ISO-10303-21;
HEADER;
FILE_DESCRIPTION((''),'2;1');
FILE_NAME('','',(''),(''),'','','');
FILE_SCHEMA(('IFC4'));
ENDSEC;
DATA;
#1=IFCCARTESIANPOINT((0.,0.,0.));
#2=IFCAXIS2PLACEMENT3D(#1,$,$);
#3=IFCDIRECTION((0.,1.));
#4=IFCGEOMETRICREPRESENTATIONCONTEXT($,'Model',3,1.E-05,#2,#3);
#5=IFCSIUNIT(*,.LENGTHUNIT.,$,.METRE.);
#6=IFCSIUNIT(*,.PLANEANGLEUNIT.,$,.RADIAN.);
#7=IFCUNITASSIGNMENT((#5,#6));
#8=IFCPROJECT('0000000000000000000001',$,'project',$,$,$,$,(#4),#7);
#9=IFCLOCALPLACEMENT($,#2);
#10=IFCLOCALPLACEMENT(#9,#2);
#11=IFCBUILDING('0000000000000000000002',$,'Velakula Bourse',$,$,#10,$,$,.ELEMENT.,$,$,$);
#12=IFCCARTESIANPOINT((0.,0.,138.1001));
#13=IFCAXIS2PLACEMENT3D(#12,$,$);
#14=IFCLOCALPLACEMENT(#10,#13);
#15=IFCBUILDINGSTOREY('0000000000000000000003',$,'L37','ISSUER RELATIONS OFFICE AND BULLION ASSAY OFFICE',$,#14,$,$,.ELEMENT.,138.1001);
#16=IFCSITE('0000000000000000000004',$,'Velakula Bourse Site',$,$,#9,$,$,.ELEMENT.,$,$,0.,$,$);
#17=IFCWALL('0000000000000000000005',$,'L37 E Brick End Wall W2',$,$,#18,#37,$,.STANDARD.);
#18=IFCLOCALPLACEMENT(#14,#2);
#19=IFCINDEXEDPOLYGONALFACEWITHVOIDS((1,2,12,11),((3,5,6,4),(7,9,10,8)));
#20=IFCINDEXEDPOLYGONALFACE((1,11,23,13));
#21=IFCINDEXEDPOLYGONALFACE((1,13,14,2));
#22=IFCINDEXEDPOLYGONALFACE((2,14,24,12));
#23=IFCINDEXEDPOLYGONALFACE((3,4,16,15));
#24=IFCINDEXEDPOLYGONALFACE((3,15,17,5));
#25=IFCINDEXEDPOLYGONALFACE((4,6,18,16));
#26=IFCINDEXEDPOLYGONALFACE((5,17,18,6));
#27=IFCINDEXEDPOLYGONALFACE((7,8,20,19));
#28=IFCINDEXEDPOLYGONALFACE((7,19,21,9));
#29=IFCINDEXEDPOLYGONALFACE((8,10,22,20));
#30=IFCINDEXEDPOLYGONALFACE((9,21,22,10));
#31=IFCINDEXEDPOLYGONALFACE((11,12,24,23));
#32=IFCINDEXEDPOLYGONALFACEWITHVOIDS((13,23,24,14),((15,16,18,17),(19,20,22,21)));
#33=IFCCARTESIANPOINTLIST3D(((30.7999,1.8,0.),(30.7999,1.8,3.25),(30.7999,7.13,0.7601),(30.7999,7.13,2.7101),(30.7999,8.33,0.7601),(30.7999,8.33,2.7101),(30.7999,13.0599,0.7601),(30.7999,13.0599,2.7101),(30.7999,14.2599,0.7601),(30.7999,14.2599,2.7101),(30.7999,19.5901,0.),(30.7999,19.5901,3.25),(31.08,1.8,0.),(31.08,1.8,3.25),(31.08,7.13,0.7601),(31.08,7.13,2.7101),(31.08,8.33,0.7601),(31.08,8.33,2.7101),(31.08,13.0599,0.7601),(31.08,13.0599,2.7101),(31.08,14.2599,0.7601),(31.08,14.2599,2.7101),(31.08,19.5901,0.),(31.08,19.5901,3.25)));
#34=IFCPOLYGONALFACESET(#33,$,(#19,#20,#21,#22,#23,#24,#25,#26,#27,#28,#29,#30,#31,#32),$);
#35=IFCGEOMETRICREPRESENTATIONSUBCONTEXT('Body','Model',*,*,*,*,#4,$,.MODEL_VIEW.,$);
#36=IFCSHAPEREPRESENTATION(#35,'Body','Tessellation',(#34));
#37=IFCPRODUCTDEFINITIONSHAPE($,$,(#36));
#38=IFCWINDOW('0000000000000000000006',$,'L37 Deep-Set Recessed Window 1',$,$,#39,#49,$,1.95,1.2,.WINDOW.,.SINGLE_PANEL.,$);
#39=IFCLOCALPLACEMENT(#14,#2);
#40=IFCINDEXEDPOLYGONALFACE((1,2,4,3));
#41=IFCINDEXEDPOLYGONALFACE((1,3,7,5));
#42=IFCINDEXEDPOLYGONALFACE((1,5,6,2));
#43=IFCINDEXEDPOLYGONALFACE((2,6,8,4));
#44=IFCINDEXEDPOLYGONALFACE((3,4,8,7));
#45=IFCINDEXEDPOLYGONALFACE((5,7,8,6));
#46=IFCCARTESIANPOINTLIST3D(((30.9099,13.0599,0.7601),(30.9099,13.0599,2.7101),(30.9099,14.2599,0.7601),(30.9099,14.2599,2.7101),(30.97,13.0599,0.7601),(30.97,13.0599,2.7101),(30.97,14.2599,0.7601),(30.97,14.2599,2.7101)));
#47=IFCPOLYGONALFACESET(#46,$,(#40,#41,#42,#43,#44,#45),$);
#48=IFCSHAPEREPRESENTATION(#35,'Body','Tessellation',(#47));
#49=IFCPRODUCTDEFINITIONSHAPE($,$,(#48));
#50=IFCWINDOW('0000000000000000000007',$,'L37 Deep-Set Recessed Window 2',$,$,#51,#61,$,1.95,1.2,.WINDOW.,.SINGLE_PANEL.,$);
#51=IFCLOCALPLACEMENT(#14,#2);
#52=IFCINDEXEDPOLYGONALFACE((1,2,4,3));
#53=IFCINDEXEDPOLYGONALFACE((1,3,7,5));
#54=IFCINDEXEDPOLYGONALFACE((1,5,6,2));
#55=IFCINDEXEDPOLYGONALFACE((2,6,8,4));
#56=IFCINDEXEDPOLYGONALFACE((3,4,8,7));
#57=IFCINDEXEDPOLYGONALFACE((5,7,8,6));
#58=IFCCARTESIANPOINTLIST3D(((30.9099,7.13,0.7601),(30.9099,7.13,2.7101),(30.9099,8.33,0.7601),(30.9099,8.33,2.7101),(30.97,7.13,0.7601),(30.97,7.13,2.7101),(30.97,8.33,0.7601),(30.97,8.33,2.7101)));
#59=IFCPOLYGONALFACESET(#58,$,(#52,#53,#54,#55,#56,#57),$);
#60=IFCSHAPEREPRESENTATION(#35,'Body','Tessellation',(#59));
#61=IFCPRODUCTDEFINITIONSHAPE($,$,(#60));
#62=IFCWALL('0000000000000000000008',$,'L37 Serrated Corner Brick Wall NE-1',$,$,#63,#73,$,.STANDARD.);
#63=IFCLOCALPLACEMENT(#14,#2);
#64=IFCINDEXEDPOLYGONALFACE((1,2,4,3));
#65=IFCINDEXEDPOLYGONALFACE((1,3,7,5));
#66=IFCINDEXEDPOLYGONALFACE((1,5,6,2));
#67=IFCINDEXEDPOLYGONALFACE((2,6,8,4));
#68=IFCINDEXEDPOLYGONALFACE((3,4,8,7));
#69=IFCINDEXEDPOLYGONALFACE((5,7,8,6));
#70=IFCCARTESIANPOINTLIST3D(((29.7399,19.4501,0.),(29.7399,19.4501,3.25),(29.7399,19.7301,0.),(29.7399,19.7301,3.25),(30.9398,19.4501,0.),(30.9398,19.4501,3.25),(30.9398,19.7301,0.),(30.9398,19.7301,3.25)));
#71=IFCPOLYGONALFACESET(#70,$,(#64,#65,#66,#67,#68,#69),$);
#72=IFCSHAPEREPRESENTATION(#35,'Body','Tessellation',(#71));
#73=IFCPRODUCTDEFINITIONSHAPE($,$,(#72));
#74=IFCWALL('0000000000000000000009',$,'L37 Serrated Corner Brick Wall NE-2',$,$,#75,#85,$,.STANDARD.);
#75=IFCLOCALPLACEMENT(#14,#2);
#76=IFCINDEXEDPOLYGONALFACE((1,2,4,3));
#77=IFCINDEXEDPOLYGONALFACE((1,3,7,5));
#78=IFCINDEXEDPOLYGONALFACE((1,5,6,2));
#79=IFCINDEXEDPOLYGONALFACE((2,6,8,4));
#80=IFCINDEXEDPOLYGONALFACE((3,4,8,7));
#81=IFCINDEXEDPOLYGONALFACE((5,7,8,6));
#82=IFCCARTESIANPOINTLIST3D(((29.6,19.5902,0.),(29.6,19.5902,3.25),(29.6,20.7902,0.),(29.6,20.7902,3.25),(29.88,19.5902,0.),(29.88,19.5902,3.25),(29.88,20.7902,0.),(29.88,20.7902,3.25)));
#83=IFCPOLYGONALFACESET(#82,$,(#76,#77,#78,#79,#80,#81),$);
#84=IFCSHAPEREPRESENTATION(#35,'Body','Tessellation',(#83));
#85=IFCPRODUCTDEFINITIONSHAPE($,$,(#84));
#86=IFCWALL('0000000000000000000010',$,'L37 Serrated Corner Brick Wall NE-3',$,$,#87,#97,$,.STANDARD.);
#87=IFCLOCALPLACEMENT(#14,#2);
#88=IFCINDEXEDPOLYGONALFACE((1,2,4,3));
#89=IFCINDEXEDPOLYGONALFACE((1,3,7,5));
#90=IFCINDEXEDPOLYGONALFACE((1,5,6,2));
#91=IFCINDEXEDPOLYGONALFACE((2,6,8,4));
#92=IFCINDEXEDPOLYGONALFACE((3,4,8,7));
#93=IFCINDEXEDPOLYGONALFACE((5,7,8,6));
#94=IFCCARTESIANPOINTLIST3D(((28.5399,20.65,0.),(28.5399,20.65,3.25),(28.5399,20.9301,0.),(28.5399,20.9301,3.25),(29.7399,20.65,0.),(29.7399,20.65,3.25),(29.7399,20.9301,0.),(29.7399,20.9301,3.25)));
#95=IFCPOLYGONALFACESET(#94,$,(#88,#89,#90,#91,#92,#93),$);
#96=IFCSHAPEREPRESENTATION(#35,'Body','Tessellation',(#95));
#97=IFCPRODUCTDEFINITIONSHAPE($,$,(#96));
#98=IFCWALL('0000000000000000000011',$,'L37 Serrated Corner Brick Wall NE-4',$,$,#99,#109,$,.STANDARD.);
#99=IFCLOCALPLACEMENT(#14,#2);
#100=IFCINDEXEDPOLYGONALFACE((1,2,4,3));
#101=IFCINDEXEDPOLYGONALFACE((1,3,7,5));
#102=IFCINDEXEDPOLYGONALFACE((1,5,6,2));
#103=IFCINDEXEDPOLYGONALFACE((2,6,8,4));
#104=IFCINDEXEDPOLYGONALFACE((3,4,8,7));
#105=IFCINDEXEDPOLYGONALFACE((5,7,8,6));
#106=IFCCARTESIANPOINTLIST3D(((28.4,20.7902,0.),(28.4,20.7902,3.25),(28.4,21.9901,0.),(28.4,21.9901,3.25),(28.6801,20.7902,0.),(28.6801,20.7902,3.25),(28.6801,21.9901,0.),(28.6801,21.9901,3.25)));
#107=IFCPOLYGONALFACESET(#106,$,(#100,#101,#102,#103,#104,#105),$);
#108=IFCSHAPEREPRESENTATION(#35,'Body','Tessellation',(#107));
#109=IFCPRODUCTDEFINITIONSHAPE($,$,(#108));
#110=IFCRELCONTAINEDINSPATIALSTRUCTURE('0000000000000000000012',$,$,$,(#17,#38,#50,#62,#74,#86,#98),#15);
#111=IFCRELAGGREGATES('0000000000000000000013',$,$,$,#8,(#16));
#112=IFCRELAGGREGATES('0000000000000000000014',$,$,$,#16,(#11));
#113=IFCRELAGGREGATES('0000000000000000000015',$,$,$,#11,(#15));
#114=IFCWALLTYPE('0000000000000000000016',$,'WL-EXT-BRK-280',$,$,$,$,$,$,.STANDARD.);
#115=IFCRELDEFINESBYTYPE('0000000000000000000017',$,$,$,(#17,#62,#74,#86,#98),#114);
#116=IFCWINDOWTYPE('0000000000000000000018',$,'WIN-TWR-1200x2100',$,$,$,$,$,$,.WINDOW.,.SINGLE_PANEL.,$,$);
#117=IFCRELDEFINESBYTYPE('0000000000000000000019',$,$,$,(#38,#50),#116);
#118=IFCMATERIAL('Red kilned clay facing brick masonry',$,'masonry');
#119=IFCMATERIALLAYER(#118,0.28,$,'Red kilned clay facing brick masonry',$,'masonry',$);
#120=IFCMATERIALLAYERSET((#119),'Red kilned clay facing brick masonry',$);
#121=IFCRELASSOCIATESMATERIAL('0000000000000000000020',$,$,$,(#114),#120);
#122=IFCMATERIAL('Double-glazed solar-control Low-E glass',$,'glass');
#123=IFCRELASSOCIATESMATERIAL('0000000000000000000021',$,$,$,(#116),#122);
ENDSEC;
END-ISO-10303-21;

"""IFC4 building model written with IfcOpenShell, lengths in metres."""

from ifc_helpers import new_model, si_unit, direction, frame, frame_2d, origin, place, context, subcontext, project, spatial, rectangle, extrude, material, layer, layer_set, type_object, element, fill, save


model = new_model("IFC4")

# Units and contexts
model_context = context("Model", 3, precision=1e-05, world=origin(), true_north=direction((0.0, 1.0)))
body_context = subcontext(model_context, "Body", "Model", "MODEL_VIEW")
ifc_project = project(units=[si_unit("LENGTHUNIT", "METRE"), si_unit("PLANEANGLEUNIT", "RADIAN")], contexts=[model_context])

# Site, building, storey
site_placement = place(None, origin())
site = spatial("IfcSite", under=ifc_project, at=site_placement, Name="Velakula Bourse Site", CompositionType="ELEMENT", RefElevation=0.0)
building_placement = place(site_placement, origin())
building = spatial("IfcBuilding", under=site, at=building_placement, Name="Velakula Bourse", CompositionType="ELEMENT")
storey_placement = place(building_placement, frame((0.0, 0.0, 138.1001)))
storey = spatial("IfcBuildingStorey", under=building, at=storey_placement, Name="L37", Description="ISSUER RELATIONS OFFICE AND BULLION ASSAY OFFICE", CompositionType="ELEMENT", Elevation=138.1001)

# Wall, openings, windows
ifc_material_1 = material(Name="Red kilned clay facing brick masonry", Category="masonry")
ifc_layer = layer(ifc_material_1, 0.28, Name="Red kilned clay facing brick masonry", Category="masonry")
ifc_layer_set = layer_set([ifc_layer], Name="Red kilned clay facing brick masonry")
wall_type = type_object("IfcWallType", Name="WL-EXT-BRK-280", PredefinedType="STANDARD", material=ifc_layer_set)
wall_placement = place(storey_placement, frame((30.9399, 19.5901, 0.0), z_axis=(0.0, 0.0, 1.0), x_axis=(0.0, -1.0, 0.0)))
wall = element("IfcWall", 1, at=wall_placement, inside=storey, type_object=wall_type, Name="L37 E Brick End Wall W2", PredefinedType="STANDARD", context=body_context, shape_type="SweptSolid", body=[
    extrude(rectangle(XDim=17.79, YDim=0.28, at=frame_2d((8.895, 0.0))), origin(), (0.0, 0.0, 1.0), 3.25),
])
opening_1_placement = place(wall_placement, frame((5.3301, 0.0, 0.76)))
opening_1 = element("IfcOpeningElement", 2, at=opening_1_placement, cuts=wall, PredefinedType="OPENING", context=body_context, shape_type="SweptSolid", body=[
    extrude(rectangle(XDim=1.2, YDim=1.95, at=frame_2d((0.6001, 0.9751))), frame((0.0, 0.1499, 0.0), z_axis=(0.0, -1.0, 0.0), x_axis=(1.0, 0.0, 0.0)), (0.0, 0.0, 1.0), 0.3),
])
opening_2_placement = place(wall_placement, frame((11.26, 0.0, 0.76)))
opening_2 = element("IfcOpeningElement", 3, at=opening_2_placement, cuts=wall, PredefinedType="OPENING", context=body_context, shape_type="SweptSolid", body=[
    extrude(rectangle(XDim=1.2, YDim=1.95, at=frame_2d((0.6001, 0.9751))), frame((0.0, 0.1499, 0.0), z_axis=(0.0, -1.0, 0.0), x_axis=(1.0, 0.0, 0.0)), (0.0, 0.0, 1.0), 0.3),
])
ifc_material_2 = material(Name="Double-glazed solar-control Low-E glass", Category="glass")
window_type = type_object("IfcWindowType", Name="WIN-TWR-1200x2100", PartitioningType="SINGLE_PANEL", PredefinedType="WINDOW", material=ifc_material_2)
window_1_placement = place(opening_1_placement, origin())
window_1 = element("IfcWindow", 4, at=window_1_placement, inside=storey, type_object=window_type, Name="L37 Deep-Set Recessed Window 1", OverallHeight=1.95, OverallWidth=1.2, PartitioningType="SINGLE_PANEL", PredefinedType="WINDOW", context=body_context, shape_type="SweptSolid", body=[
    extrude(rectangle(XDim=1.2, YDim=1.95, at=frame_2d((0.6001, 0.9751))), frame((0.0, 0.03, 0.0), z_axis=(0.0, -1.0, 0.0), x_axis=(1.0, 0.0, 0.0)), (0.0, 0.0, 1.0), 0.0601),
])
fill(opening_1, window_1)
window_2_placement = place(opening_2_placement, origin())
window_2 = element("IfcWindow", 5, at=window_2_placement, inside=storey, type_object=window_type, Name="L37 Deep-Set Recessed Window 2", OverallHeight=1.95, OverallWidth=1.2, PartitioningType="SINGLE_PANEL", PredefinedType="WINDOW", context=body_context, shape_type="SweptSolid", body=[
    extrude(rectangle(XDim=1.2, YDim=1.95, at=frame_2d((0.6001, 0.9751))), frame((0.0, 0.03, 0.0), z_axis=(0.0, -1.0, 0.0), x_axis=(1.0, 0.0, 0.0)), (0.0, 0.0, 1.0), 0.0601),
])
fill(opening_2, window_2)

# Walls
for number, where, z_axis, x_axis, name in (
    (6, (30.9399, 19.5901, 0.0), (0.0, 0.0, 1.0), (-1.0, 0.0, 0.0), "L37 Serrated Corner Brick Wall NE-1"),
    (7, (29.74, 19.5901, 0.0), (0.0, 0.0, 1.0), (0.0, 1.0, 0.0), "L37 Serrated Corner Brick Wall NE-2"),
    (8, (29.74, 20.79, 0.0), (0.0, 0.0, 1.0), (-1.0, 0.0, 0.0), "L37 Serrated Corner Brick Wall NE-3"),
    (9, (28.54, 20.79, 0.0), (0.0, 0.0, 1.0), (0.0, 1.0, 0.0), "L37 Serrated Corner Brick Wall NE-4"),
):
    element("IfcWall", number, at=place(storey_placement, frame(where, z_axis=z_axis, x_axis=x_axis)), inside=storey, type_object=wall_type, Name=name, PredefinedType="STANDARD", context=body_context, shape_type="SweptSolid", body=[
        extrude(rectangle(XDim=1.2, YDim=0.28, at=frame_2d((0.6001, 0.0))), origin(), (0.0, 0.0, 1.0), 3.25),
    ])

save(model, "model.ifc")
